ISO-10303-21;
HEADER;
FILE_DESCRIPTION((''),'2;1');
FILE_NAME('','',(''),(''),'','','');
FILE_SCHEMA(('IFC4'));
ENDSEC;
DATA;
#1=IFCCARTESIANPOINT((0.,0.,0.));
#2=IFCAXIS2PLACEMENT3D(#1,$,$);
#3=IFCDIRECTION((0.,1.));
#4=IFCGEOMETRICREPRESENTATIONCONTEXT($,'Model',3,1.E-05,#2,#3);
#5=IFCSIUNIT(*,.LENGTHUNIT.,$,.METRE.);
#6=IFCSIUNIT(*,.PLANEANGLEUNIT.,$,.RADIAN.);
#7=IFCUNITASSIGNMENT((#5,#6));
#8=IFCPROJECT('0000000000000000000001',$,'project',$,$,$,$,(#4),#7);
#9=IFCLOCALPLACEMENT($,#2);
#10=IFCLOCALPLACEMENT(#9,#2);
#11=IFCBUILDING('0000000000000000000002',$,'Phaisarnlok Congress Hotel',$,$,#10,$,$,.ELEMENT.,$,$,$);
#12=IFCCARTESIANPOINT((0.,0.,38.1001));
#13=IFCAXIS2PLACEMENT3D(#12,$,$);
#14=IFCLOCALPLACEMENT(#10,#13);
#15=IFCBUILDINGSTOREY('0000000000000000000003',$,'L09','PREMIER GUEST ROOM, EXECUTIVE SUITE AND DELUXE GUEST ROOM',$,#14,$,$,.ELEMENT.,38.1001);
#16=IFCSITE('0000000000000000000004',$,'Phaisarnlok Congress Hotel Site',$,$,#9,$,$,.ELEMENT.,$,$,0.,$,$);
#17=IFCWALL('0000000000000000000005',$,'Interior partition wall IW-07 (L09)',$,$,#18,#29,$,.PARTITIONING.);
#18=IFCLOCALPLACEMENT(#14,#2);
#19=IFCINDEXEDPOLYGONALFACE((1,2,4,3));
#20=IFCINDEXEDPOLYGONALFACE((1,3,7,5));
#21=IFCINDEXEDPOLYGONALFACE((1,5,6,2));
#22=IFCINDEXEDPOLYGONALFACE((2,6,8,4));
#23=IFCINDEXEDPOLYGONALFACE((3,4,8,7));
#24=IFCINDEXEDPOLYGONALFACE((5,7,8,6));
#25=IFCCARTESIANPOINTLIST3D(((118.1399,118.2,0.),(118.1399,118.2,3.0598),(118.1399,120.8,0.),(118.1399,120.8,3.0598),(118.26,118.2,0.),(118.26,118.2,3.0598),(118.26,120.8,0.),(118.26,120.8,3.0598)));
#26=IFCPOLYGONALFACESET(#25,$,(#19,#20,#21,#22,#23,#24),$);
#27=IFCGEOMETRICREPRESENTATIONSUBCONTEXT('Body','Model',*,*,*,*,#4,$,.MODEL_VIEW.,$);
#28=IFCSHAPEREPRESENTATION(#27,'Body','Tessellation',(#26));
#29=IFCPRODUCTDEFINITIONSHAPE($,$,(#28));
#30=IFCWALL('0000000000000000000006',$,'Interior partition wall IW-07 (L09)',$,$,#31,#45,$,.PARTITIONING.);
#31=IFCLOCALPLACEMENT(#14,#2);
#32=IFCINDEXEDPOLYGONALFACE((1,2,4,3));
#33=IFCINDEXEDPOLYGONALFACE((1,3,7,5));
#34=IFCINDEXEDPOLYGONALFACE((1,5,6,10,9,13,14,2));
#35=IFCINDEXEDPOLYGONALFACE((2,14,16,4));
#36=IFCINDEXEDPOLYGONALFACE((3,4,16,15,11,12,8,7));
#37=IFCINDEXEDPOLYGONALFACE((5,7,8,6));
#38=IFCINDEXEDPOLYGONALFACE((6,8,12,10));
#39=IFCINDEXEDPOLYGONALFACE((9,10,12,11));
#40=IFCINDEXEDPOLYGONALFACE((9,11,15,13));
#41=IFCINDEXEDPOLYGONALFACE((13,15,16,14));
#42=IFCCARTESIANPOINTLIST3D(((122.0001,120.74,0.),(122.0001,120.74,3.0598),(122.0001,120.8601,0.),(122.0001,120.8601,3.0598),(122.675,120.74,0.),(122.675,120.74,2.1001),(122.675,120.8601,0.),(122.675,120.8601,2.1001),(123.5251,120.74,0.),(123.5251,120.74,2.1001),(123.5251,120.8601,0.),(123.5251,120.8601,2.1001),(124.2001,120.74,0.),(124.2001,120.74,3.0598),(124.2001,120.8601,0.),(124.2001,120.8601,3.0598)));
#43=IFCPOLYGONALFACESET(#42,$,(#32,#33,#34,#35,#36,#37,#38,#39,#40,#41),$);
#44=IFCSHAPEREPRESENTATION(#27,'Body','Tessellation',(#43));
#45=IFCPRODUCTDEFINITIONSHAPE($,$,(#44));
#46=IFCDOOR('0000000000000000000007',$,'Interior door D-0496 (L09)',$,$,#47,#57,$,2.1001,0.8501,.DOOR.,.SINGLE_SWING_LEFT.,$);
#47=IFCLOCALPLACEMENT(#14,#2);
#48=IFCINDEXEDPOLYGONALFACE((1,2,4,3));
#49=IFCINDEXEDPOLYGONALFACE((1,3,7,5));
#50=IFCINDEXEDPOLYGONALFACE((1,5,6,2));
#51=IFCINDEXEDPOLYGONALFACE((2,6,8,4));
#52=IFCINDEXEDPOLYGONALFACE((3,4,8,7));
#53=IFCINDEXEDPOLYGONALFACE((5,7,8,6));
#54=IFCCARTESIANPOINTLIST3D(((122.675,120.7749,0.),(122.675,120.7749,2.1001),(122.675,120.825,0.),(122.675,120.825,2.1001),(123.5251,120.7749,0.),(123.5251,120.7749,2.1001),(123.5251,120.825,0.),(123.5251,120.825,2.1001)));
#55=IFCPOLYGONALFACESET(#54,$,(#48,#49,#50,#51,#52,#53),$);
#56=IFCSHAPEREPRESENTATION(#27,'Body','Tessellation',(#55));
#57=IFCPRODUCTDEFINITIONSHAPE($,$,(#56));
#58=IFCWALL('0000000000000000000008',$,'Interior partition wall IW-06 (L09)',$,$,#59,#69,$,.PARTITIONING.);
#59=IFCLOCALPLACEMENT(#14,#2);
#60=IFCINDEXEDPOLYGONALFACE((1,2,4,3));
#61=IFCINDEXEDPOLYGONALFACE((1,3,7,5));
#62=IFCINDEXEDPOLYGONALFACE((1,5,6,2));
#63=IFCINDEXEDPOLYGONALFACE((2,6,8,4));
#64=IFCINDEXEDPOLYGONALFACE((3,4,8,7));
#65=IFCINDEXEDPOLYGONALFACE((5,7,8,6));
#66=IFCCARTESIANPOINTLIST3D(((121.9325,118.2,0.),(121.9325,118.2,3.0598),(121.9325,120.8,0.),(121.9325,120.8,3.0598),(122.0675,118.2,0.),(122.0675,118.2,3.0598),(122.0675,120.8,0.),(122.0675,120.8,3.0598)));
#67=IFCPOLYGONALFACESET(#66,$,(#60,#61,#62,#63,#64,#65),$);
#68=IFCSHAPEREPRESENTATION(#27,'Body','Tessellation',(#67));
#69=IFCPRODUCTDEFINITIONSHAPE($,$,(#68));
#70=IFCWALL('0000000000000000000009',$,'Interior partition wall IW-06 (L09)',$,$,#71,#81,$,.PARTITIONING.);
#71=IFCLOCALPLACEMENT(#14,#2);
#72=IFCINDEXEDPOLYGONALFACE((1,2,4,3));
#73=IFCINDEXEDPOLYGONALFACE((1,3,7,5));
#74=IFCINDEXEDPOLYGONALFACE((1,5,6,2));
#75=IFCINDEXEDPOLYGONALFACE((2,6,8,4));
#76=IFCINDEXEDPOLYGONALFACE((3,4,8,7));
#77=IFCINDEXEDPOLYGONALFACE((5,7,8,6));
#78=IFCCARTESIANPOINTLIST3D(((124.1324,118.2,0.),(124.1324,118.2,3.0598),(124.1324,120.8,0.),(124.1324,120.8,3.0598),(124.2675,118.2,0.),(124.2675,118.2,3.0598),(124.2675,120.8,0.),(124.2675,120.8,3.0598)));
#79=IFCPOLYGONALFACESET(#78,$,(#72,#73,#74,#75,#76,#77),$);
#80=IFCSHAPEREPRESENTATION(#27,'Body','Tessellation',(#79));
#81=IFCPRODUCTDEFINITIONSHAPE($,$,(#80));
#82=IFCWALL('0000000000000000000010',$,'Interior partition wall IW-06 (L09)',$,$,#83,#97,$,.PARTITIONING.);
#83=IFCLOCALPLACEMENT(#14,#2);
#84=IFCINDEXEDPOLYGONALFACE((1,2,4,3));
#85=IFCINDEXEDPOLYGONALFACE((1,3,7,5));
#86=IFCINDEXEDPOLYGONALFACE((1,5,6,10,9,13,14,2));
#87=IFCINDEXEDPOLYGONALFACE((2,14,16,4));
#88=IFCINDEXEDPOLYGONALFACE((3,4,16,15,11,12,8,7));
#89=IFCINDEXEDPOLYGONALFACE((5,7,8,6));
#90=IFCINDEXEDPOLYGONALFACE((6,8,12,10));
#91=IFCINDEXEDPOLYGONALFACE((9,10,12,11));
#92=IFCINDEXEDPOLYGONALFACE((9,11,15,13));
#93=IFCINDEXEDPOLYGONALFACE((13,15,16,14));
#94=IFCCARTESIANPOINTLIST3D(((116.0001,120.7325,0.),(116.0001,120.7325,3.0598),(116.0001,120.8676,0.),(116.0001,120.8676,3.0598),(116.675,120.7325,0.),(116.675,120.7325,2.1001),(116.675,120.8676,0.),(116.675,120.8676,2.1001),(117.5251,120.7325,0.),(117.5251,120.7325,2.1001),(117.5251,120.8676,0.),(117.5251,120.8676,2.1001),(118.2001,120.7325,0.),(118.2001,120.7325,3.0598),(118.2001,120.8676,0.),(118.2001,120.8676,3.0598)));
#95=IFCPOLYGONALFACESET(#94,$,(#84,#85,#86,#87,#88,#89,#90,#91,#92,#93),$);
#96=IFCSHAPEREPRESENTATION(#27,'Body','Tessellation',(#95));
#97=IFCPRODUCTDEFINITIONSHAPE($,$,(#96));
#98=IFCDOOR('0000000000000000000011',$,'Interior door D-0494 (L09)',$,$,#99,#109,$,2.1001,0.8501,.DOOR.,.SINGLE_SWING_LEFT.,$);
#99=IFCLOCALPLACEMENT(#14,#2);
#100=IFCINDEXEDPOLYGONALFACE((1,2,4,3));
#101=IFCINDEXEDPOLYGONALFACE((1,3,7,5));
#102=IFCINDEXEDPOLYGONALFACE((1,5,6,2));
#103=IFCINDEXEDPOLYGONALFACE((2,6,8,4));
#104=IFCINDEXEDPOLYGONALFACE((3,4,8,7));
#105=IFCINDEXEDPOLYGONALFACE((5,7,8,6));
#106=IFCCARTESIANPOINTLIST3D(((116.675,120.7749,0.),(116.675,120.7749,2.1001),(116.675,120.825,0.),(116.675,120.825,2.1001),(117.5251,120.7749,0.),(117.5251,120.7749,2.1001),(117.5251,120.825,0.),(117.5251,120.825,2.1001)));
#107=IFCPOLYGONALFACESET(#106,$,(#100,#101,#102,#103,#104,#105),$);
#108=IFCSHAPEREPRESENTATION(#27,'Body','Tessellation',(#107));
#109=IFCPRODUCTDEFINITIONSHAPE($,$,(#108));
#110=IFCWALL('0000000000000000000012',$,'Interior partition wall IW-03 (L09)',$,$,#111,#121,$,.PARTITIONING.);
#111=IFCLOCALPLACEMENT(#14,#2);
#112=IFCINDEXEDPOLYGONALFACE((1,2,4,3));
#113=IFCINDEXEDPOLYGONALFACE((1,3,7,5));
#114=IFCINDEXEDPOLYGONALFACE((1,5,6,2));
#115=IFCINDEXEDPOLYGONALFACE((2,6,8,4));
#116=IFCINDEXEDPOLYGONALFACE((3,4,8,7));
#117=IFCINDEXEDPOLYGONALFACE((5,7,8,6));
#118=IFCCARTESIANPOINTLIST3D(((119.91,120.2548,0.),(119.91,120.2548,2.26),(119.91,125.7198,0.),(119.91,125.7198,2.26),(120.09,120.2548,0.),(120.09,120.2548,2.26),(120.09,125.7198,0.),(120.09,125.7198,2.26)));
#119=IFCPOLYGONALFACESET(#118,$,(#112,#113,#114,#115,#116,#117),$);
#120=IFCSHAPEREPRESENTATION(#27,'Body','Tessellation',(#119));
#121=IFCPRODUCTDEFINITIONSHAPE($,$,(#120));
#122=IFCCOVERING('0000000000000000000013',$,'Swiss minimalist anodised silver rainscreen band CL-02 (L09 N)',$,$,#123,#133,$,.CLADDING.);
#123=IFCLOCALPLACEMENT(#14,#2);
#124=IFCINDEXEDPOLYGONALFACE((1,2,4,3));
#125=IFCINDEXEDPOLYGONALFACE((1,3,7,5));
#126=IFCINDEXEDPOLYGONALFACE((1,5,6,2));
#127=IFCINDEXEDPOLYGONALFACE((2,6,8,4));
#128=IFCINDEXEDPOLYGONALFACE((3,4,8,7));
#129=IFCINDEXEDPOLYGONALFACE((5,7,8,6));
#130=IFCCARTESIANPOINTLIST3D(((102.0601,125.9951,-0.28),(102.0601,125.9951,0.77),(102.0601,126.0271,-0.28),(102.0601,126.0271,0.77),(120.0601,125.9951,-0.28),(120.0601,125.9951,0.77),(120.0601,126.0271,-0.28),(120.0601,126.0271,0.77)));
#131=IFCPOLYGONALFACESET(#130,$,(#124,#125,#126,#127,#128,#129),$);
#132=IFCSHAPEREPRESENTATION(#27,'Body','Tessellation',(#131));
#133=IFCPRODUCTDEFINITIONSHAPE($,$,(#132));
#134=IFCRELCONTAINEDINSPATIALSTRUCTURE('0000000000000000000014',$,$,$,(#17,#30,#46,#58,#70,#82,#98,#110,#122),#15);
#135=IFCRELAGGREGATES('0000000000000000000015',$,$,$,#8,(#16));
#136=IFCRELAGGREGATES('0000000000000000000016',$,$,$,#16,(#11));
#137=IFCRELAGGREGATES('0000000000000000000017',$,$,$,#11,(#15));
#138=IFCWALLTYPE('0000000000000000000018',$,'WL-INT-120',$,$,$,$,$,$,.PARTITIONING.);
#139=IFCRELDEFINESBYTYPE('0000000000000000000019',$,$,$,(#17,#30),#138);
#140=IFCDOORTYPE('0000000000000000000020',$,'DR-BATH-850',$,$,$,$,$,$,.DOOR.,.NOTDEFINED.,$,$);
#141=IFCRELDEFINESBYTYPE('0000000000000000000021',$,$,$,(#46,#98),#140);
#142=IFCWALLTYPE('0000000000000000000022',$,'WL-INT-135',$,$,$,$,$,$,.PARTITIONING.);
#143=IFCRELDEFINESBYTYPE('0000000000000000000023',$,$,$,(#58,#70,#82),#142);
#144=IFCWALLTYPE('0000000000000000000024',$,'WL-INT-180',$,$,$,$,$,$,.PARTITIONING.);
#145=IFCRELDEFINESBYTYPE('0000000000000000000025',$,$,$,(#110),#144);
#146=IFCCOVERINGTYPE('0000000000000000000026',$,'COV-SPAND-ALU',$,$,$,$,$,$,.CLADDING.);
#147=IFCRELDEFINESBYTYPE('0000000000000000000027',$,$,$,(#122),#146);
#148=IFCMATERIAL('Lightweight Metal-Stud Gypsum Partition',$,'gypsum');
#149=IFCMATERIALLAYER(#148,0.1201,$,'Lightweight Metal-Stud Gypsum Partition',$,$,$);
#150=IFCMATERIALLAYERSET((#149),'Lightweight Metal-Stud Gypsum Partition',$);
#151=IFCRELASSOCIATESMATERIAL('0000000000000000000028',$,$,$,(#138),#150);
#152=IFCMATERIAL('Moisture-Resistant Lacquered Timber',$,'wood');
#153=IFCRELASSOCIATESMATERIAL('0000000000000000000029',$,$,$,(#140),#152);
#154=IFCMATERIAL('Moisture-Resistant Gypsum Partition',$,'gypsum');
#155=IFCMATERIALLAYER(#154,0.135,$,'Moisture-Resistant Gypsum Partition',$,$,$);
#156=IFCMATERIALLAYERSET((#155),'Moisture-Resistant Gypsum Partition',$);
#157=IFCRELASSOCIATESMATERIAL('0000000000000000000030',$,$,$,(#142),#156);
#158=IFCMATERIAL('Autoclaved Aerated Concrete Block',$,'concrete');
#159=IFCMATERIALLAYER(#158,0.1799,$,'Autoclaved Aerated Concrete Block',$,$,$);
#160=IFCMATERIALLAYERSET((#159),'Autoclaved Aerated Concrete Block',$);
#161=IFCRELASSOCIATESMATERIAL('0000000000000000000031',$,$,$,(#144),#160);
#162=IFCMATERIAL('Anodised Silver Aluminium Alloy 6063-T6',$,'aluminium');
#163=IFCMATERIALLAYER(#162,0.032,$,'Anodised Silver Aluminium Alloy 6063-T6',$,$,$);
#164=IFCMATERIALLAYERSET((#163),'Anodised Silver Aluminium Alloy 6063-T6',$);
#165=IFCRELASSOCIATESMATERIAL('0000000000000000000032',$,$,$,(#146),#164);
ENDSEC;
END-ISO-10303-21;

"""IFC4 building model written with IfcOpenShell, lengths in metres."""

from ifc_helpers import new_model, si_unit, direction, frame, frame_2d, origin, place, context, subcontext, project, spatial, polyline, rectangle, outline, extrude, material, layer, layer_set, type_object, element, fill, save


model = new_model("IFC4")

# Units and contexts
model_context = context("Model", 3, precision=1e-05, world=origin(), true_north=direction((0.0, 1.0)))
body_context = subcontext(model_context, "Body", "Model", "MODEL_VIEW")
ifc_project = project(units=[si_unit("LENGTHUNIT", "METRE"), si_unit("PLANEANGLEUNIT", "RADIAN")], contexts=[model_context])

# Site, building, storey
site_placement = place(None, origin())
site = spatial("IfcSite", under=ifc_project, at=site_placement, Name="Phaisarnlok Congress Hotel Site", CompositionType="ELEMENT", RefElevation=0.0)
building_placement = place(site_placement, origin())
building = spatial("IfcBuilding", under=site, at=building_placement, Name="Phaisarnlok Congress Hotel", CompositionType="ELEMENT")
storey_placement = place(building_placement, frame((0.0, 0.0, 38.1001)))
storey = spatial("IfcBuildingStorey", under=building, at=storey_placement, Name="L09", Description="PREMIER GUEST ROOM, EXECUTIVE SUITE AND DELUXE GUEST ROOM", CompositionType="ELEMENT", Elevation=38.1001)

# Wall
ifc_material_1 = material(Name="Lightweight Metal-Stud Gypsum Partition", Category="gypsum")
ifc_layer_1 = layer(ifc_material_1, 0.1201, Name="Lightweight Metal-Stud Gypsum Partition")
ifc_layer_set_1 = layer_set([ifc_layer_1], Name="Lightweight Metal-Stud Gypsum Partition")
wall_type_1 = type_object("IfcWallType", Name="WL-INT-120", PredefinedType="PARTITIONING", material=ifc_layer_set_1)
wall_1_placement = place(storey_placement, frame((118.2, 118.2, 0.0), z_axis=(0.0, 0.0, 1.0), x_axis=(0.0, 1.0, 0.0)))
element("IfcWall", 1, at=wall_1_placement, inside=storey, type_object=wall_type_1, Name="Interior partition wall IW-07 (L09)", PredefinedType="PARTITIONING", context=body_context, shape_type="SweptSolid", body=[
    extrude(rectangle(XDim=2.6001, YDim=0.1201, at=frame_2d((1.3, 0.0))), origin(), (0.0, 0.0, 1.0), 3.0598),
])

# Wall, opening, door
wall_2_placement = place(storey_placement, frame((122.0, 120.8, 0.0), z_axis=(0.0, 0.0, 1.0), x_axis=(1.0, 0.0, 0.0)))
wall_2 = element("IfcWall", 2, at=wall_2_placement, inside=storey, type_object=wall_type_1, Name="Interior partition wall IW-07 (L09)", PredefinedType="PARTITIONING", context=body_context, shape_type="SweptSolid", body=[
    extrude(rectangle(XDim=2.2, YDim=0.1201, at=frame_2d((1.1001, 0.0))), origin(), (0.0, 0.0, 1.0), 3.0598),
])
opening_1_placement = place(wall_2_placement, frame((0.675, 0.0, 0.0)))
opening_1 = element("IfcOpeningElement", 3, at=opening_1_placement, cuts=wall_2, PredefinedType="OPENING", context=body_context, shape_type="SweptSolid", body=[
    extrude(rectangle(XDim=0.8501, YDim=2.1001, at=frame_2d((0.425, 1.05))), frame((0.0, 0.0701, 0.0), z_axis=(0.0, -1.0, 0.0), x_axis=(1.0, 0.0, 0.0)), (0.0, 0.0, 1.0), 0.1401),
])
ifc_material_2 = material(Name="Moisture-Resistant Lacquered Timber", Category="wood")
door_type = type_object("IfcDoorType", Name="DR-BATH-850", OperationType="NOTDEFINED", PredefinedType="DOOR", material=ifc_material_2)
door_1_placement = place(opening_1_placement, origin())
door_1 = element("IfcDoor", 4, at=door_1_placement, inside=storey, type_object=door_type, Name="Interior door D-0496 (L09)", OperationType="SINGLE_SWING_LEFT", OverallHeight=2.1001, OverallWidth=0.8501, PredefinedType="DOOR", context=body_context, shape_type="SweptSolid", body=[
    extrude(rectangle(XDim=0.8501, YDim=2.1001, at=frame_2d((0.425, 1.05))), frame((0.0, 0.0249, 0.0), z_axis=(0.0, -1.0, 0.0), x_axis=(1.0, 0.0, 0.0)), (0.0, 0.0, 1.0), 0.05),
])
fill(opening_1, door_1)

# Walls
ifc_material_3 = material(Name="Moisture-Resistant Gypsum Partition", Category="gypsum")
ifc_layer_2 = layer(ifc_material_3, 0.135, Name="Moisture-Resistant Gypsum Partition")
ifc_layer_set_2 = layer_set([ifc_layer_2], Name="Moisture-Resistant Gypsum Partition")
wall_type_2 = type_object("IfcWallType", Name="WL-INT-135", PredefinedType="PARTITIONING", material=ifc_layer_set_2)
for number, where, z_axis, x_axis, name in (
    (5, (122.0, 118.2, 0.0), (0.0, 0.0, 1.0), (0.0, 1.0, 0.0), "Interior partition wall IW-06 (L09)"),
    (6, (124.2, 118.2, 0.0), (0.0, 0.0, 1.0), (0.0, 1.0, 0.0), "Interior partition wall IW-06 (L09)"),
):
    element("IfcWall", number, at=place(storey_placement, frame(where, z_axis=z_axis, x_axis=x_axis)), inside=storey, type_object=wall_type_2, Name=name, PredefinedType="PARTITIONING", context=body_context, shape_type="SweptSolid", body=[
        extrude(rectangle(XDim=2.6001, YDim=0.135, at=frame_2d((1.3, 0.0))), origin(), (0.0, 0.0, 1.0), 3.0598),
    ])

# Wall, opening, door
wall_3_placement = place(storey_placement, frame((116.0, 120.8, 0.0), z_axis=(0.0, 0.0, 1.0), x_axis=(1.0, 0.0, 0.0)))
wall_3 = element("IfcWall", 7, at=wall_3_placement, inside=storey, type_object=wall_type_2, Name="Interior partition wall IW-06 (L09)", PredefinedType="PARTITIONING", context=body_context, shape_type="SweptSolid", body=[
    extrude(rectangle(XDim=2.2, YDim=0.135, at=frame_2d((1.1001, 0.0))), origin(), (0.0, 0.0, 1.0), 3.0598),
])
opening_2_placement = place(wall_3_placement, frame((0.675, 0.0, 0.0)))
opening_2 = element("IfcOpeningElement", 8, at=opening_2_placement, cuts=wall_3, PredefinedType="OPENING", context=body_context, shape_type="SweptSolid", body=[
    extrude(rectangle(XDim=0.8501, YDim=2.1001, at=frame_2d((0.425, 1.05))), frame((0.0, 0.0776, 0.0), z_axis=(0.0, -1.0, 0.0), x_axis=(1.0, 0.0, 0.0)), (0.0, 0.0, 1.0), 0.155),
])
door_2_placement = place(opening_2_placement, origin())
door_2 = element("IfcDoor", 9, at=door_2_placement, inside=storey, type_object=door_type, Name="Interior door D-0494 (L09)", OperationType="SINGLE_SWING_LEFT", OverallHeight=2.1001, OverallWidth=0.8501, PredefinedType="DOOR", context=body_context, shape_type="SweptSolid", body=[
    extrude(rectangle(XDim=0.8501, YDim=2.1001, at=frame_2d((0.425, 1.05))), frame((0.0, 0.0249, 0.0), z_axis=(0.0, -1.0, 0.0), x_axis=(1.0, 0.0, 0.0)), (0.0, 0.0, 1.0), 0.05),
])
fill(opening_2, door_2)

# Wall
ifc_material_4 = material(Name="Autoclaved Aerated Concrete Block", Category="concrete")
ifc_layer_3 = layer(ifc_material_4, 0.1799, Name="Autoclaved Aerated Concrete Block")
ifc_layer_set_3 = layer_set([ifc_layer_3], Name="Autoclaved Aerated Concrete Block")
wall_type_3 = type_object("IfcWallType", Name="WL-INT-180", PredefinedType="PARTITIONING", material=ifc_layer_set_3)
wall_4_placement = place(storey_placement, frame((120.0, 120.2549, 0.0), z_axis=(0.0, 0.0, 1.0), x_axis=(0.0, 1.0, 0.0)))
element("IfcWall", 10, at=wall_4_placement, inside=storey, type_object=wall_type_3, Name="Interior partition wall IW-03 (L09)", PredefinedType="PARTITIONING", context=body_context, shape_type="SweptSolid", body=[
    extrude(rectangle(XDim=5.4651, YDim=0.1799, at=frame_2d((2.7324, 0.0))), origin(), (0.0, 0.0, 1.0), 2.26),
])

# Covering
ifc_material_5 = material(Name="Anodised Silver Aluminium Alloy 6063-T6", Category="aluminium")
ifc_layer_4 = layer(ifc_material_5, 0.032, Name="Anodised Silver Aluminium Alloy 6063-T6")
ifc_layer_set_4 = layer_set([ifc_layer_4], Name="Anodised Silver Aluminium Alloy 6063-T6")
covering_type = type_object("IfcCoveringType", Name="COV-SPAND-ALU", PredefinedType="CLADDING", material=ifc_layer_set_4)
covering_placement = place(storey_placement, frame((120.0601, 125.9951, -0.28), z_axis=(0.0, 1.0, 0.0), x_axis=(-1.0, 0.0, 0.0)))
element("IfcCovering", 11, at=covering_placement, inside=storey, type_object=covering_type, Name="Swiss minimalist anodised silver rainscreen band CL-02 (L09 N)", PredefinedType="CLADDING", context=body_context, shape_type="SweptSolid", body=[
    extrude(outline(polyline([(0.0, 0.0), (18.0, 0.0), (18.0, 1.05), (0.0, 1.05), (0.0, 0.0)])), origin(), (0.0, 0.0, 1.0), 0.032),
])

save(model, "model.ifc")
